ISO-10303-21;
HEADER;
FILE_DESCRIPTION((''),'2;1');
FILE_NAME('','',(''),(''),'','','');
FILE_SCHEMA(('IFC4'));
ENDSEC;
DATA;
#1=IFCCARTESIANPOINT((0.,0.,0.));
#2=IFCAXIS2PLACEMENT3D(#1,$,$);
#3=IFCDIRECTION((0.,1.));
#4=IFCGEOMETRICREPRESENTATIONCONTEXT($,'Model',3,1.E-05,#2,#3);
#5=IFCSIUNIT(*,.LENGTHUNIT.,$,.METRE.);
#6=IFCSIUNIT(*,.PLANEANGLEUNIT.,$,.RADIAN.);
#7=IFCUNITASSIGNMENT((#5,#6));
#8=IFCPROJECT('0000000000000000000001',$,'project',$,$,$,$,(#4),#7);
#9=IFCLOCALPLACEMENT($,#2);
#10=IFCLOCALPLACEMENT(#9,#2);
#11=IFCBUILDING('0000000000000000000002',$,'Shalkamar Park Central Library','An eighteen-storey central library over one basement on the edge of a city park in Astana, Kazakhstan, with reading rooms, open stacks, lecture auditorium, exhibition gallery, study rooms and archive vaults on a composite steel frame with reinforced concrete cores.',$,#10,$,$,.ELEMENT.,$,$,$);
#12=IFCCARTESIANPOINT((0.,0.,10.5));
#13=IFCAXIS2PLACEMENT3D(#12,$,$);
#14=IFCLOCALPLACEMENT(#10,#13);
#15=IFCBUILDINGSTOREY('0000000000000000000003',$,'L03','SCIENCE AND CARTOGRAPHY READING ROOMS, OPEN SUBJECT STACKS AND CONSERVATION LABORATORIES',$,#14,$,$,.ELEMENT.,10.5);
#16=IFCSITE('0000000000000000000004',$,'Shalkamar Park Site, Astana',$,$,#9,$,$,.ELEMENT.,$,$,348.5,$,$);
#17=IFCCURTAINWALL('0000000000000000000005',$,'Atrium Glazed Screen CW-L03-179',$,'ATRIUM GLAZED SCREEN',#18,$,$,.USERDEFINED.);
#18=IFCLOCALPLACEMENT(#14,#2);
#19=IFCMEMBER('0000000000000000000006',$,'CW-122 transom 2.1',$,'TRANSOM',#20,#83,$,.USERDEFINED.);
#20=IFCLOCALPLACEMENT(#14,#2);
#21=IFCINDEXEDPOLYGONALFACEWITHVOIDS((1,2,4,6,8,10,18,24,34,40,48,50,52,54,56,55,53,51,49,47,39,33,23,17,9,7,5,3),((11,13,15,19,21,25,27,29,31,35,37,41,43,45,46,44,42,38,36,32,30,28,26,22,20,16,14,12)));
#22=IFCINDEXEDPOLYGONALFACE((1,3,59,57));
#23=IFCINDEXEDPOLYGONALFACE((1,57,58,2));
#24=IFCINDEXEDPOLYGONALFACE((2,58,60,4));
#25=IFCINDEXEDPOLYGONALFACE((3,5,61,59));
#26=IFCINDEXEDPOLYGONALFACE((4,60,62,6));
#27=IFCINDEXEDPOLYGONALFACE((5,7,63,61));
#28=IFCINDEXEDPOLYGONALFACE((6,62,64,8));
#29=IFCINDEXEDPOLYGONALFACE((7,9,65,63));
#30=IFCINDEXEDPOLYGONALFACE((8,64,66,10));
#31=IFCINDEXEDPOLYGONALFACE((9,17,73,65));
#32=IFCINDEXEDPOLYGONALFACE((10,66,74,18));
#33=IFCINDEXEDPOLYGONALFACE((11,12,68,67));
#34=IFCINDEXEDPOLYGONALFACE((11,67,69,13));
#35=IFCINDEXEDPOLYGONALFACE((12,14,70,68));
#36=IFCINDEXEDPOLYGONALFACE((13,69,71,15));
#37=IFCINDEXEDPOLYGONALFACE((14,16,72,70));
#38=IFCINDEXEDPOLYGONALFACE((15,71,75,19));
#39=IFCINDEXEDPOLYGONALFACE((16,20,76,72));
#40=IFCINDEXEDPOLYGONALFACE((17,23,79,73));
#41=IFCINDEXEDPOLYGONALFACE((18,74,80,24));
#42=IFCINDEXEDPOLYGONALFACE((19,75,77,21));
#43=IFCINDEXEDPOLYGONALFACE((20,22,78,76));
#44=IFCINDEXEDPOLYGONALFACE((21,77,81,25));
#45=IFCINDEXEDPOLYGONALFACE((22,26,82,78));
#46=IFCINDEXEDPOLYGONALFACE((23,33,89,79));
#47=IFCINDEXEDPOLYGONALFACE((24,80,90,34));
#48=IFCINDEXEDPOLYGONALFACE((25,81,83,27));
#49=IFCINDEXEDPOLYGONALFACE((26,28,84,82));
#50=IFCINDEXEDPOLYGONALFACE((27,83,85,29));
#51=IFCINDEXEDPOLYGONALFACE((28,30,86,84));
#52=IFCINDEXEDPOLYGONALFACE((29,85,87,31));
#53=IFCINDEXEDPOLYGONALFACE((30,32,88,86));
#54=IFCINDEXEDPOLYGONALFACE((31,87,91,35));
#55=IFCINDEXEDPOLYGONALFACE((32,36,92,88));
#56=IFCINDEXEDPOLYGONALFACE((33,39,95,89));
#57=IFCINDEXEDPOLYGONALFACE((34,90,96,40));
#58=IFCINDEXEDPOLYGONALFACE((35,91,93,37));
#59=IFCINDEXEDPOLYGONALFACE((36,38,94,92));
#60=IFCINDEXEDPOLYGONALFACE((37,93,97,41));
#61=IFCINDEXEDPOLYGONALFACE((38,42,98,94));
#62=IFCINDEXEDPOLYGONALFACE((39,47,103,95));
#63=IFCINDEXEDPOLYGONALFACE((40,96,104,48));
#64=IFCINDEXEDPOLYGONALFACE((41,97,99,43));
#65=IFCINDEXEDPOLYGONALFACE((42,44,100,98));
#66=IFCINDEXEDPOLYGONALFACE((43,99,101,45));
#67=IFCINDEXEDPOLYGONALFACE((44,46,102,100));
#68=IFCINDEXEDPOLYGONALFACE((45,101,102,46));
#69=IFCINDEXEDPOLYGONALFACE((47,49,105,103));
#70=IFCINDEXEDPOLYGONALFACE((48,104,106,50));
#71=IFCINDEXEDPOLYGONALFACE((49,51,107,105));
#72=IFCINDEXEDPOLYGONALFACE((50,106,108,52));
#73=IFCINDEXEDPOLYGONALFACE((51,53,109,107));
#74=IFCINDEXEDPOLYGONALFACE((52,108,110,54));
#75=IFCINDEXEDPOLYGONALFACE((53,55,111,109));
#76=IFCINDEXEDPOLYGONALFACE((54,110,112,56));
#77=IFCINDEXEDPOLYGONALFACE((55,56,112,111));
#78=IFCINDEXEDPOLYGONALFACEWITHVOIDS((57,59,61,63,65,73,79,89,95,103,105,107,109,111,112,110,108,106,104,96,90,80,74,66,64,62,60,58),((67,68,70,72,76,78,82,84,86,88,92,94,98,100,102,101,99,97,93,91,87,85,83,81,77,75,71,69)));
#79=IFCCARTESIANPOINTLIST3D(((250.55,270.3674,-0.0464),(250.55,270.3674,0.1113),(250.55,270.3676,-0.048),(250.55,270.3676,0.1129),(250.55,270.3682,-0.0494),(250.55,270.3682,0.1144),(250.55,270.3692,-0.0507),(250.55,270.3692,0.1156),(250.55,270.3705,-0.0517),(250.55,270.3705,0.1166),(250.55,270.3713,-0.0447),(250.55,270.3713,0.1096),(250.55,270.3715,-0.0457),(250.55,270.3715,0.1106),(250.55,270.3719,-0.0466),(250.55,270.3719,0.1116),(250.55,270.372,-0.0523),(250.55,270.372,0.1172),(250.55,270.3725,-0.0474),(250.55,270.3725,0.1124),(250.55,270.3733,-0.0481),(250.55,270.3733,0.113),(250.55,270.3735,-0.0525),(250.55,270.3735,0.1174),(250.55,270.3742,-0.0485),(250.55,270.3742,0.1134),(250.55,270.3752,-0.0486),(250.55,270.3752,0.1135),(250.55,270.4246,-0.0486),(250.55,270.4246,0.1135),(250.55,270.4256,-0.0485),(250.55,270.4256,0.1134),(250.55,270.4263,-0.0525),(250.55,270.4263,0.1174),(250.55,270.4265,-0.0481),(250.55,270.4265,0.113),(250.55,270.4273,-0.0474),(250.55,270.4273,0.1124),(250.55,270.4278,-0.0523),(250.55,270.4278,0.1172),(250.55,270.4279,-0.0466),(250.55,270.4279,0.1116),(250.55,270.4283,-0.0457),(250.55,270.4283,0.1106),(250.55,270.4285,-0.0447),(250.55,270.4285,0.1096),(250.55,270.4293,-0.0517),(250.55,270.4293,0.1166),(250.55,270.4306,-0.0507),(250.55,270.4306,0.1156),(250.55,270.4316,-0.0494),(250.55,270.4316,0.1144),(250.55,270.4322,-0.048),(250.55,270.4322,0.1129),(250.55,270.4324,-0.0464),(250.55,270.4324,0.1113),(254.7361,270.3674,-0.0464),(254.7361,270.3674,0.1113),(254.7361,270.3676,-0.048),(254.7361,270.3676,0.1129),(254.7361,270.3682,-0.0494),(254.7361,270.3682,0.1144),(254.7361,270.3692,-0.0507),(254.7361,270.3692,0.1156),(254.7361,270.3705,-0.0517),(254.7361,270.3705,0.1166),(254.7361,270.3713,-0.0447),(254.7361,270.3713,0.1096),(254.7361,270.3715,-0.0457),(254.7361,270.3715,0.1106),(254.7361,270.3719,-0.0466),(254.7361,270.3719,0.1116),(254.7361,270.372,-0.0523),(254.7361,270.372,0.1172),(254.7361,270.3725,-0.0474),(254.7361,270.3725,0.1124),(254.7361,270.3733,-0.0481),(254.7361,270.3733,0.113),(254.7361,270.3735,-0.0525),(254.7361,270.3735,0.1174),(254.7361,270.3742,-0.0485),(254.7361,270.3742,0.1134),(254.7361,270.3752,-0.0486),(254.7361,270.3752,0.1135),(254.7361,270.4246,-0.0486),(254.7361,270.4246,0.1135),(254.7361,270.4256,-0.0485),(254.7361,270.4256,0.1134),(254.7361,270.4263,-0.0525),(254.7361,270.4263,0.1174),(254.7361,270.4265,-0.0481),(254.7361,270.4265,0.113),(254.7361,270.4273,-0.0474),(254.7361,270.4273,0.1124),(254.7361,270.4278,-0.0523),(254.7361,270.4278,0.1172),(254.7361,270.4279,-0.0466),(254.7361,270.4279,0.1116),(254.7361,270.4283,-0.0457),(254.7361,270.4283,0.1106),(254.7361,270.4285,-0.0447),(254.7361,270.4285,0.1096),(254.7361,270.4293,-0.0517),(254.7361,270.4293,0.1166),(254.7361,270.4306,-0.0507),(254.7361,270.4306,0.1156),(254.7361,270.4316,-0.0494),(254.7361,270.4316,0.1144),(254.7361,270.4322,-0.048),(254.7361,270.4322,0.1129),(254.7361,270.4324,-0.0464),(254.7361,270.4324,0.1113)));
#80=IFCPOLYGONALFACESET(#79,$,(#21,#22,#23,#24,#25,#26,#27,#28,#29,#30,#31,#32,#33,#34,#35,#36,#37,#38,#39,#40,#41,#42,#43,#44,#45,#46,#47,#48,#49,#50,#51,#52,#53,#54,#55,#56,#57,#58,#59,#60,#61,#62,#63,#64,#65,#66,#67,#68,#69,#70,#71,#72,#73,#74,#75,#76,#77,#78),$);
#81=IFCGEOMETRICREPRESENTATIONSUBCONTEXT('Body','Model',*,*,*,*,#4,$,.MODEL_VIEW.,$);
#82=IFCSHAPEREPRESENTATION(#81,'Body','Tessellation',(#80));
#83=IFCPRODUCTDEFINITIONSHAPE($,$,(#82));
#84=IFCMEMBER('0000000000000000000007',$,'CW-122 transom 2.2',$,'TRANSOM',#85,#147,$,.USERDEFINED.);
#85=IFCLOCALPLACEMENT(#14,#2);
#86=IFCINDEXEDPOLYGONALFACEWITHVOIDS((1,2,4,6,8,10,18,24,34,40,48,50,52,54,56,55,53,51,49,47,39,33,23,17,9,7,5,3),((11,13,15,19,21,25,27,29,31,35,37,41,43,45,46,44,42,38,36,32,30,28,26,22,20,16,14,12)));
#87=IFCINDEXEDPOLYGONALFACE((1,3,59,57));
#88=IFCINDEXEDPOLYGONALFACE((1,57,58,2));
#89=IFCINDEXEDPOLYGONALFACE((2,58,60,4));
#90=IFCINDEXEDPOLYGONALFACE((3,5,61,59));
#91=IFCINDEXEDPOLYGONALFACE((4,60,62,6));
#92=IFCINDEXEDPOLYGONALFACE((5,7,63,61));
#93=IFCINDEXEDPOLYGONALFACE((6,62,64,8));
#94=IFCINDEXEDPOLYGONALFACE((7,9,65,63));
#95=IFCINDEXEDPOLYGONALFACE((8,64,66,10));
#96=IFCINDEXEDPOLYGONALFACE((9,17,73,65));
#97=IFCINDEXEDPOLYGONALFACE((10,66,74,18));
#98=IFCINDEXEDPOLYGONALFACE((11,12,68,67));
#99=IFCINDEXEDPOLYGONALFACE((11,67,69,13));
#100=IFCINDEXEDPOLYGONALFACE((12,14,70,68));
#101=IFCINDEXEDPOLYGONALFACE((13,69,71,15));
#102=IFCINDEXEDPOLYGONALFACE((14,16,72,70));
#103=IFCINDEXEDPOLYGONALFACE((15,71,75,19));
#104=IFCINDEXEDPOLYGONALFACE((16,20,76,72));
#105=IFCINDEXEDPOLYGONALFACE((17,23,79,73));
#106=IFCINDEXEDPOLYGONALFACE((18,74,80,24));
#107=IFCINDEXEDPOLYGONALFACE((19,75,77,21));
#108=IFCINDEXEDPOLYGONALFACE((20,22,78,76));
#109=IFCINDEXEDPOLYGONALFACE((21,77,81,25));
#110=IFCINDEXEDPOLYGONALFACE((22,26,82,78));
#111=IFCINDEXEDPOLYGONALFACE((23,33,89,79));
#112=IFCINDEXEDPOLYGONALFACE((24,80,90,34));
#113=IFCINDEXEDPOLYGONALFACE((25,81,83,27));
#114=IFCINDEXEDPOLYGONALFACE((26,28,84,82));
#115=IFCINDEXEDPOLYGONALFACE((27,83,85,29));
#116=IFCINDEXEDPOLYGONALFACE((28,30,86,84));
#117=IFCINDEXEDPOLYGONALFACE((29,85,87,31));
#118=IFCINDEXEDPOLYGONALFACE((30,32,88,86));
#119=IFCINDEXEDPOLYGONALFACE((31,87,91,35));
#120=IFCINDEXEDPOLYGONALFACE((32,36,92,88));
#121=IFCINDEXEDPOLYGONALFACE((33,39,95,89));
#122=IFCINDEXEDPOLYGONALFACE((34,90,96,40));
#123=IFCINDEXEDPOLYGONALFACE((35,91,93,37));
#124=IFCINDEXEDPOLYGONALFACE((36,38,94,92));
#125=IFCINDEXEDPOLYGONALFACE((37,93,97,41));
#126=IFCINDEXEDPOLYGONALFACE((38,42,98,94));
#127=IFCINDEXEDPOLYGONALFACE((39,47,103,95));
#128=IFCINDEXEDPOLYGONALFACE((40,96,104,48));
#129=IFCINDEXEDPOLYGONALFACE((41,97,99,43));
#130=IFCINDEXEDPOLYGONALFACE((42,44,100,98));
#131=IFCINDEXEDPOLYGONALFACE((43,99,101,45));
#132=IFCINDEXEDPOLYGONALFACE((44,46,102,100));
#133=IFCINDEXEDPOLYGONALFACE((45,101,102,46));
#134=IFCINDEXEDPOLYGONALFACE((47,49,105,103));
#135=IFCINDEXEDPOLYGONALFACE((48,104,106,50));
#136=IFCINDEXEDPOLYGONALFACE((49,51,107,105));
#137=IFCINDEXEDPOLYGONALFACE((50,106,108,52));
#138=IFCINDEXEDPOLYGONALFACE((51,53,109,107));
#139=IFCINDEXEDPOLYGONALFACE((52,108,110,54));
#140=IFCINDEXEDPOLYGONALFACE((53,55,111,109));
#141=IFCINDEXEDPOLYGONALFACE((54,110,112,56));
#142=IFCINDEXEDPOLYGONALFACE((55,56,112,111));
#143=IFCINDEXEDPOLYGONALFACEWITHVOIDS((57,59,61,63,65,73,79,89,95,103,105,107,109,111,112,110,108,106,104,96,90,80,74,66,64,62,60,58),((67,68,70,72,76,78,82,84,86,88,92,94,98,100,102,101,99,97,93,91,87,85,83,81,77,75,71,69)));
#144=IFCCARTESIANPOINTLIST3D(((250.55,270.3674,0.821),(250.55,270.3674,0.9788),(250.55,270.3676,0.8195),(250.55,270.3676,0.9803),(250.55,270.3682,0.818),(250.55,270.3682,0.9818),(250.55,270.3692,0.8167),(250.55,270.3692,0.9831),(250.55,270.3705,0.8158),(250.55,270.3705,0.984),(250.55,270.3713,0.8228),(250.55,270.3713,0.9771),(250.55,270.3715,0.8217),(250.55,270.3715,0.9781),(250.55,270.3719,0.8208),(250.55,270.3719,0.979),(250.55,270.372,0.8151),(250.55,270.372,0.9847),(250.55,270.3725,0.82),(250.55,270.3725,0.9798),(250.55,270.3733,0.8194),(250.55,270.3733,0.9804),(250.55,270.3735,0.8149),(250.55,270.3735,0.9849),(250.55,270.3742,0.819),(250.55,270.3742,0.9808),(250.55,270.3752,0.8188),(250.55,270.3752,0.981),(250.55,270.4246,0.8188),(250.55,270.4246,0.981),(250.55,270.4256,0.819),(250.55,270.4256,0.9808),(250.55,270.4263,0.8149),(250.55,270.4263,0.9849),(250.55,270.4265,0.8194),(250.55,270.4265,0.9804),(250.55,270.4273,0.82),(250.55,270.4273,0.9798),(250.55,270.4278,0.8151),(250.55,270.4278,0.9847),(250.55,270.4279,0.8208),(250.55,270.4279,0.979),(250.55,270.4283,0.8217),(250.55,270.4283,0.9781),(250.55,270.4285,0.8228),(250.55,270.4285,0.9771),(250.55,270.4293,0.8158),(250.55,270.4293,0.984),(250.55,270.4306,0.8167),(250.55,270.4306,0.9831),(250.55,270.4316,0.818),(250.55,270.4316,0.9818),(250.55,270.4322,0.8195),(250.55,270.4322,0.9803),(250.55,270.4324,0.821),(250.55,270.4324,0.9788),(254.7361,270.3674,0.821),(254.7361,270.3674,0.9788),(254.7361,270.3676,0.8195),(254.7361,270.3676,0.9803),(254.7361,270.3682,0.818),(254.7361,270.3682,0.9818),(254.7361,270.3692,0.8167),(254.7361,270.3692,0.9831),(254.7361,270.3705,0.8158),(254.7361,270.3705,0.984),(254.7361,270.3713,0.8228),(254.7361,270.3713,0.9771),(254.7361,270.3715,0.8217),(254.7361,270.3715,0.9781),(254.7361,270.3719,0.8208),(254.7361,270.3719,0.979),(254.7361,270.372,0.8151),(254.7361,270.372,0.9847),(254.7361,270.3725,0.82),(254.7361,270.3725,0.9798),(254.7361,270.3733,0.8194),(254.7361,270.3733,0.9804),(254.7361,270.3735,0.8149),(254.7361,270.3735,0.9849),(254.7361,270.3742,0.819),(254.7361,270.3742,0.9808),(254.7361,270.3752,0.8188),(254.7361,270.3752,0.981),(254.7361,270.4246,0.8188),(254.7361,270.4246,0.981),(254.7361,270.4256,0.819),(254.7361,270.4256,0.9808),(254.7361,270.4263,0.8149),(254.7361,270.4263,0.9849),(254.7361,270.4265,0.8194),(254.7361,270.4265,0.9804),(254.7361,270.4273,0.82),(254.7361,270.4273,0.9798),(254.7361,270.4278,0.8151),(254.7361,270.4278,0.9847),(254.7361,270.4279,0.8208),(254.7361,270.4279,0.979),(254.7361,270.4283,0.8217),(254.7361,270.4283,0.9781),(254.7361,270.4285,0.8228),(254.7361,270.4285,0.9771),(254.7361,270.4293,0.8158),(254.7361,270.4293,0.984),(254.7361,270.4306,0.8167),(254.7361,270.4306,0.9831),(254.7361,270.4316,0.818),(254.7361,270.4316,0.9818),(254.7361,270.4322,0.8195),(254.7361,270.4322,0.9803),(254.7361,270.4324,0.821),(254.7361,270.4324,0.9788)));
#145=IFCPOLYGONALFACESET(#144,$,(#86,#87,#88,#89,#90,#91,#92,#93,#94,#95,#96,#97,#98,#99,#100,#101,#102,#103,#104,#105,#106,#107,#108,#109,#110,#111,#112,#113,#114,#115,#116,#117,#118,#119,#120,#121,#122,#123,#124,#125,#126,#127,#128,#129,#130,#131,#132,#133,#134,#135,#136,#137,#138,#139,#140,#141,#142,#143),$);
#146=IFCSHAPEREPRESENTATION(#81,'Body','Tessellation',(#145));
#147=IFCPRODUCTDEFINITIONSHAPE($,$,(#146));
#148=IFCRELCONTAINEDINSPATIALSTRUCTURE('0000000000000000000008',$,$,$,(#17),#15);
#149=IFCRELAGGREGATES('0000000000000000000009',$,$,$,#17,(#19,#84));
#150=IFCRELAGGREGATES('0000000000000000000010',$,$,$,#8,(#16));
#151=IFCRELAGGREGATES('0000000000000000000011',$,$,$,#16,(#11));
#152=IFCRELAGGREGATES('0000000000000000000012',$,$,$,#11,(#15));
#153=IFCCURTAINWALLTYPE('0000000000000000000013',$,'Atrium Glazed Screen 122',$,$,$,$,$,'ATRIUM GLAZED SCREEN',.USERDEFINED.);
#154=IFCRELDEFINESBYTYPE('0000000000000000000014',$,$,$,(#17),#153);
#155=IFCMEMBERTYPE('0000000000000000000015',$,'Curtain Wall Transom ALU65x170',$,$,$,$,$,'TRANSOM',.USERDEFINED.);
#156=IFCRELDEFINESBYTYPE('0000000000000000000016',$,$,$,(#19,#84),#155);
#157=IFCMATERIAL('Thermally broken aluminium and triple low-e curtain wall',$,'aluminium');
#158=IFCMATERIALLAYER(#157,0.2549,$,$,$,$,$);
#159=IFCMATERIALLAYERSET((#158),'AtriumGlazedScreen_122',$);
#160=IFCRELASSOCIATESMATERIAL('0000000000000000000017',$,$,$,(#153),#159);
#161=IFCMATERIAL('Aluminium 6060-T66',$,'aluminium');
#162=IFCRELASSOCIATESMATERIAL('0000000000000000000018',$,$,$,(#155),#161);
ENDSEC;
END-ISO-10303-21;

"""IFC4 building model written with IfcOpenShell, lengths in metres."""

from ifc_helpers import new_model, si_unit, direction, frame, origin, origin_2d, place, context, subcontext, project, spatial, hollow_rectangle, extrude, material, layer, layer_set, material_profile, profile_set, type_object, element, aggregate, save


model = new_model("IFC4")

# Units and contexts
model_context = context("Model", 3, precision=1e-05, world=origin(), true_north=direction((0.0, 1.0)))
body_context = subcontext(model_context, "Body", "Model", "MODEL_VIEW")
ifc_project = project(units=[si_unit("LENGTHUNIT", "METRE"), si_unit("PLANEANGLEUNIT", "RADIAN")], contexts=[model_context])

# Site, building, storey
site_placement = place(None, origin())
site = spatial("IfcSite", under=ifc_project, at=site_placement, Name="Shalkamar Park Site, Astana", CompositionType="ELEMENT", RefElevation=348.5)
building_placement = place(site_placement, origin())
building = spatial("IfcBuilding", under=site, at=building_placement, Name="Shalkamar Park Central Library", Description="An eighteen-storey central library over one basement on the edge of a city park in Astana, Kazakhstan, with reading rooms, open stacks, lecture auditorium, exhibition gallery, study rooms and archive vaults on a composite steel frame with reinforced concrete cores.", CompositionType="ELEMENT")
storey_placement = place(building_placement, frame((0.0, 0.0, 10.5)))
storey = spatial("IfcBuildingStorey", under=building, at=storey_placement, Name="L03", Description="SCIENCE AND CARTOGRAPHY READING ROOMS, OPEN SUBJECT STACKS AND CONSERVATION LABORATORIES", CompositionType="ELEMENT", Elevation=10.5)

# Curtain wall, members
ifc_material_1 = material(Name="Thermally broken aluminium and triple low-e curtain wall", Category="aluminium")
ifc_layer_1 = layer(ifc_material_1, 0.2549)
ifc_layer_set_1 = layer_set([ifc_layer_1], Name="AtriumGlazedScreen_122")
curtain_wall_type = type_object("IfcCurtainWallType", Name="Atrium Glazed Screen 122", ElementType="ATRIUM GLAZED SCREEN", PredefinedType="USERDEFINED", material=ifc_layer_set_1)
curtain_wall_placement = place(storey_placement, origin())
curtain_wall = element("IfcCurtainWall", 1, at=curtain_wall_placement, inside=storey, type_object=curtain_wall_type, Name="Atrium Glazed Screen CW-L03-179", ObjectType="ATRIUM GLAZED SCREEN", PredefinedType="USERDEFINED")
ifc_material_2 = material(Name="Aluminium 6060-T66", Category="aluminium")
ifc_material_profile_1 = material_profile(ifc_material_2, hollow_rectangle(XDim=0.0649, YDim=0.1699, WallThickness=0.0039, InnerFilletRadius=0.0039, OuterFilletRadius=0.0061, at=origin_2d()), Name="ALU 65x170x4")
ifc_profile_set_1 = profile_set([ifc_material_profile_1], Name="Aluminium 6060-T66")
member_type_1 = type_object("IfcMemberType", Name="Curtain Wall Transom ALU65x170", ElementType="TRANSOM", PredefinedType="USERDEFINED", material=ifc_profile_set_1)
member_1_placement = place(storey_placement, frame((250.55, 270.3999, 0.0325), z_axis=(1.0, 0.0, 0.0), x_axis=(0.0, 1.0, 0.0)))
member_1 = element("IfcMember", 2, at=member_1_placement, type_object=member_type_1, Name="CW-122 transom 2.1", ObjectType="TRANSOM", PredefinedType="USERDEFINED", context=body_context, shape_type="SweptSolid", body=[
    extrude(hollow_rectangle(XDim=0.0649, YDim=0.1699, WallThickness=0.0039, InnerFilletRadius=0.0039, OuterFilletRadius=0.0061, at=origin_2d()), origin(), (0.0, 0.0, 1.0), 4.186),
])
member_2_placement = place(storey_placement, frame((250.55, 270.3999, 0.8999), z_axis=(1.0, 0.0, 0.0), x_axis=(0.0, 1.0, 0.0)))
member_2 = element("IfcMember", 3, at=member_2_placement, type_object=member_type_1, Name="CW-122 transom 2.2", ObjectType="TRANSOM", PredefinedType="USERDEFINED", context=body_context, shape_type="SweptSolid", body=[
    extrude(hollow_rectangle(XDim=0.0649, YDim=0.1699, WallThickness=0.0039, InnerFilletRadius=0.0039, OuterFilletRadius=0.0061, at=origin_2d()), origin(), (0.0, 0.0, 1.0), 4.186),
])

aggregate(curtain_wall, [member_1, member_2])

save(model, "model.ifc")
